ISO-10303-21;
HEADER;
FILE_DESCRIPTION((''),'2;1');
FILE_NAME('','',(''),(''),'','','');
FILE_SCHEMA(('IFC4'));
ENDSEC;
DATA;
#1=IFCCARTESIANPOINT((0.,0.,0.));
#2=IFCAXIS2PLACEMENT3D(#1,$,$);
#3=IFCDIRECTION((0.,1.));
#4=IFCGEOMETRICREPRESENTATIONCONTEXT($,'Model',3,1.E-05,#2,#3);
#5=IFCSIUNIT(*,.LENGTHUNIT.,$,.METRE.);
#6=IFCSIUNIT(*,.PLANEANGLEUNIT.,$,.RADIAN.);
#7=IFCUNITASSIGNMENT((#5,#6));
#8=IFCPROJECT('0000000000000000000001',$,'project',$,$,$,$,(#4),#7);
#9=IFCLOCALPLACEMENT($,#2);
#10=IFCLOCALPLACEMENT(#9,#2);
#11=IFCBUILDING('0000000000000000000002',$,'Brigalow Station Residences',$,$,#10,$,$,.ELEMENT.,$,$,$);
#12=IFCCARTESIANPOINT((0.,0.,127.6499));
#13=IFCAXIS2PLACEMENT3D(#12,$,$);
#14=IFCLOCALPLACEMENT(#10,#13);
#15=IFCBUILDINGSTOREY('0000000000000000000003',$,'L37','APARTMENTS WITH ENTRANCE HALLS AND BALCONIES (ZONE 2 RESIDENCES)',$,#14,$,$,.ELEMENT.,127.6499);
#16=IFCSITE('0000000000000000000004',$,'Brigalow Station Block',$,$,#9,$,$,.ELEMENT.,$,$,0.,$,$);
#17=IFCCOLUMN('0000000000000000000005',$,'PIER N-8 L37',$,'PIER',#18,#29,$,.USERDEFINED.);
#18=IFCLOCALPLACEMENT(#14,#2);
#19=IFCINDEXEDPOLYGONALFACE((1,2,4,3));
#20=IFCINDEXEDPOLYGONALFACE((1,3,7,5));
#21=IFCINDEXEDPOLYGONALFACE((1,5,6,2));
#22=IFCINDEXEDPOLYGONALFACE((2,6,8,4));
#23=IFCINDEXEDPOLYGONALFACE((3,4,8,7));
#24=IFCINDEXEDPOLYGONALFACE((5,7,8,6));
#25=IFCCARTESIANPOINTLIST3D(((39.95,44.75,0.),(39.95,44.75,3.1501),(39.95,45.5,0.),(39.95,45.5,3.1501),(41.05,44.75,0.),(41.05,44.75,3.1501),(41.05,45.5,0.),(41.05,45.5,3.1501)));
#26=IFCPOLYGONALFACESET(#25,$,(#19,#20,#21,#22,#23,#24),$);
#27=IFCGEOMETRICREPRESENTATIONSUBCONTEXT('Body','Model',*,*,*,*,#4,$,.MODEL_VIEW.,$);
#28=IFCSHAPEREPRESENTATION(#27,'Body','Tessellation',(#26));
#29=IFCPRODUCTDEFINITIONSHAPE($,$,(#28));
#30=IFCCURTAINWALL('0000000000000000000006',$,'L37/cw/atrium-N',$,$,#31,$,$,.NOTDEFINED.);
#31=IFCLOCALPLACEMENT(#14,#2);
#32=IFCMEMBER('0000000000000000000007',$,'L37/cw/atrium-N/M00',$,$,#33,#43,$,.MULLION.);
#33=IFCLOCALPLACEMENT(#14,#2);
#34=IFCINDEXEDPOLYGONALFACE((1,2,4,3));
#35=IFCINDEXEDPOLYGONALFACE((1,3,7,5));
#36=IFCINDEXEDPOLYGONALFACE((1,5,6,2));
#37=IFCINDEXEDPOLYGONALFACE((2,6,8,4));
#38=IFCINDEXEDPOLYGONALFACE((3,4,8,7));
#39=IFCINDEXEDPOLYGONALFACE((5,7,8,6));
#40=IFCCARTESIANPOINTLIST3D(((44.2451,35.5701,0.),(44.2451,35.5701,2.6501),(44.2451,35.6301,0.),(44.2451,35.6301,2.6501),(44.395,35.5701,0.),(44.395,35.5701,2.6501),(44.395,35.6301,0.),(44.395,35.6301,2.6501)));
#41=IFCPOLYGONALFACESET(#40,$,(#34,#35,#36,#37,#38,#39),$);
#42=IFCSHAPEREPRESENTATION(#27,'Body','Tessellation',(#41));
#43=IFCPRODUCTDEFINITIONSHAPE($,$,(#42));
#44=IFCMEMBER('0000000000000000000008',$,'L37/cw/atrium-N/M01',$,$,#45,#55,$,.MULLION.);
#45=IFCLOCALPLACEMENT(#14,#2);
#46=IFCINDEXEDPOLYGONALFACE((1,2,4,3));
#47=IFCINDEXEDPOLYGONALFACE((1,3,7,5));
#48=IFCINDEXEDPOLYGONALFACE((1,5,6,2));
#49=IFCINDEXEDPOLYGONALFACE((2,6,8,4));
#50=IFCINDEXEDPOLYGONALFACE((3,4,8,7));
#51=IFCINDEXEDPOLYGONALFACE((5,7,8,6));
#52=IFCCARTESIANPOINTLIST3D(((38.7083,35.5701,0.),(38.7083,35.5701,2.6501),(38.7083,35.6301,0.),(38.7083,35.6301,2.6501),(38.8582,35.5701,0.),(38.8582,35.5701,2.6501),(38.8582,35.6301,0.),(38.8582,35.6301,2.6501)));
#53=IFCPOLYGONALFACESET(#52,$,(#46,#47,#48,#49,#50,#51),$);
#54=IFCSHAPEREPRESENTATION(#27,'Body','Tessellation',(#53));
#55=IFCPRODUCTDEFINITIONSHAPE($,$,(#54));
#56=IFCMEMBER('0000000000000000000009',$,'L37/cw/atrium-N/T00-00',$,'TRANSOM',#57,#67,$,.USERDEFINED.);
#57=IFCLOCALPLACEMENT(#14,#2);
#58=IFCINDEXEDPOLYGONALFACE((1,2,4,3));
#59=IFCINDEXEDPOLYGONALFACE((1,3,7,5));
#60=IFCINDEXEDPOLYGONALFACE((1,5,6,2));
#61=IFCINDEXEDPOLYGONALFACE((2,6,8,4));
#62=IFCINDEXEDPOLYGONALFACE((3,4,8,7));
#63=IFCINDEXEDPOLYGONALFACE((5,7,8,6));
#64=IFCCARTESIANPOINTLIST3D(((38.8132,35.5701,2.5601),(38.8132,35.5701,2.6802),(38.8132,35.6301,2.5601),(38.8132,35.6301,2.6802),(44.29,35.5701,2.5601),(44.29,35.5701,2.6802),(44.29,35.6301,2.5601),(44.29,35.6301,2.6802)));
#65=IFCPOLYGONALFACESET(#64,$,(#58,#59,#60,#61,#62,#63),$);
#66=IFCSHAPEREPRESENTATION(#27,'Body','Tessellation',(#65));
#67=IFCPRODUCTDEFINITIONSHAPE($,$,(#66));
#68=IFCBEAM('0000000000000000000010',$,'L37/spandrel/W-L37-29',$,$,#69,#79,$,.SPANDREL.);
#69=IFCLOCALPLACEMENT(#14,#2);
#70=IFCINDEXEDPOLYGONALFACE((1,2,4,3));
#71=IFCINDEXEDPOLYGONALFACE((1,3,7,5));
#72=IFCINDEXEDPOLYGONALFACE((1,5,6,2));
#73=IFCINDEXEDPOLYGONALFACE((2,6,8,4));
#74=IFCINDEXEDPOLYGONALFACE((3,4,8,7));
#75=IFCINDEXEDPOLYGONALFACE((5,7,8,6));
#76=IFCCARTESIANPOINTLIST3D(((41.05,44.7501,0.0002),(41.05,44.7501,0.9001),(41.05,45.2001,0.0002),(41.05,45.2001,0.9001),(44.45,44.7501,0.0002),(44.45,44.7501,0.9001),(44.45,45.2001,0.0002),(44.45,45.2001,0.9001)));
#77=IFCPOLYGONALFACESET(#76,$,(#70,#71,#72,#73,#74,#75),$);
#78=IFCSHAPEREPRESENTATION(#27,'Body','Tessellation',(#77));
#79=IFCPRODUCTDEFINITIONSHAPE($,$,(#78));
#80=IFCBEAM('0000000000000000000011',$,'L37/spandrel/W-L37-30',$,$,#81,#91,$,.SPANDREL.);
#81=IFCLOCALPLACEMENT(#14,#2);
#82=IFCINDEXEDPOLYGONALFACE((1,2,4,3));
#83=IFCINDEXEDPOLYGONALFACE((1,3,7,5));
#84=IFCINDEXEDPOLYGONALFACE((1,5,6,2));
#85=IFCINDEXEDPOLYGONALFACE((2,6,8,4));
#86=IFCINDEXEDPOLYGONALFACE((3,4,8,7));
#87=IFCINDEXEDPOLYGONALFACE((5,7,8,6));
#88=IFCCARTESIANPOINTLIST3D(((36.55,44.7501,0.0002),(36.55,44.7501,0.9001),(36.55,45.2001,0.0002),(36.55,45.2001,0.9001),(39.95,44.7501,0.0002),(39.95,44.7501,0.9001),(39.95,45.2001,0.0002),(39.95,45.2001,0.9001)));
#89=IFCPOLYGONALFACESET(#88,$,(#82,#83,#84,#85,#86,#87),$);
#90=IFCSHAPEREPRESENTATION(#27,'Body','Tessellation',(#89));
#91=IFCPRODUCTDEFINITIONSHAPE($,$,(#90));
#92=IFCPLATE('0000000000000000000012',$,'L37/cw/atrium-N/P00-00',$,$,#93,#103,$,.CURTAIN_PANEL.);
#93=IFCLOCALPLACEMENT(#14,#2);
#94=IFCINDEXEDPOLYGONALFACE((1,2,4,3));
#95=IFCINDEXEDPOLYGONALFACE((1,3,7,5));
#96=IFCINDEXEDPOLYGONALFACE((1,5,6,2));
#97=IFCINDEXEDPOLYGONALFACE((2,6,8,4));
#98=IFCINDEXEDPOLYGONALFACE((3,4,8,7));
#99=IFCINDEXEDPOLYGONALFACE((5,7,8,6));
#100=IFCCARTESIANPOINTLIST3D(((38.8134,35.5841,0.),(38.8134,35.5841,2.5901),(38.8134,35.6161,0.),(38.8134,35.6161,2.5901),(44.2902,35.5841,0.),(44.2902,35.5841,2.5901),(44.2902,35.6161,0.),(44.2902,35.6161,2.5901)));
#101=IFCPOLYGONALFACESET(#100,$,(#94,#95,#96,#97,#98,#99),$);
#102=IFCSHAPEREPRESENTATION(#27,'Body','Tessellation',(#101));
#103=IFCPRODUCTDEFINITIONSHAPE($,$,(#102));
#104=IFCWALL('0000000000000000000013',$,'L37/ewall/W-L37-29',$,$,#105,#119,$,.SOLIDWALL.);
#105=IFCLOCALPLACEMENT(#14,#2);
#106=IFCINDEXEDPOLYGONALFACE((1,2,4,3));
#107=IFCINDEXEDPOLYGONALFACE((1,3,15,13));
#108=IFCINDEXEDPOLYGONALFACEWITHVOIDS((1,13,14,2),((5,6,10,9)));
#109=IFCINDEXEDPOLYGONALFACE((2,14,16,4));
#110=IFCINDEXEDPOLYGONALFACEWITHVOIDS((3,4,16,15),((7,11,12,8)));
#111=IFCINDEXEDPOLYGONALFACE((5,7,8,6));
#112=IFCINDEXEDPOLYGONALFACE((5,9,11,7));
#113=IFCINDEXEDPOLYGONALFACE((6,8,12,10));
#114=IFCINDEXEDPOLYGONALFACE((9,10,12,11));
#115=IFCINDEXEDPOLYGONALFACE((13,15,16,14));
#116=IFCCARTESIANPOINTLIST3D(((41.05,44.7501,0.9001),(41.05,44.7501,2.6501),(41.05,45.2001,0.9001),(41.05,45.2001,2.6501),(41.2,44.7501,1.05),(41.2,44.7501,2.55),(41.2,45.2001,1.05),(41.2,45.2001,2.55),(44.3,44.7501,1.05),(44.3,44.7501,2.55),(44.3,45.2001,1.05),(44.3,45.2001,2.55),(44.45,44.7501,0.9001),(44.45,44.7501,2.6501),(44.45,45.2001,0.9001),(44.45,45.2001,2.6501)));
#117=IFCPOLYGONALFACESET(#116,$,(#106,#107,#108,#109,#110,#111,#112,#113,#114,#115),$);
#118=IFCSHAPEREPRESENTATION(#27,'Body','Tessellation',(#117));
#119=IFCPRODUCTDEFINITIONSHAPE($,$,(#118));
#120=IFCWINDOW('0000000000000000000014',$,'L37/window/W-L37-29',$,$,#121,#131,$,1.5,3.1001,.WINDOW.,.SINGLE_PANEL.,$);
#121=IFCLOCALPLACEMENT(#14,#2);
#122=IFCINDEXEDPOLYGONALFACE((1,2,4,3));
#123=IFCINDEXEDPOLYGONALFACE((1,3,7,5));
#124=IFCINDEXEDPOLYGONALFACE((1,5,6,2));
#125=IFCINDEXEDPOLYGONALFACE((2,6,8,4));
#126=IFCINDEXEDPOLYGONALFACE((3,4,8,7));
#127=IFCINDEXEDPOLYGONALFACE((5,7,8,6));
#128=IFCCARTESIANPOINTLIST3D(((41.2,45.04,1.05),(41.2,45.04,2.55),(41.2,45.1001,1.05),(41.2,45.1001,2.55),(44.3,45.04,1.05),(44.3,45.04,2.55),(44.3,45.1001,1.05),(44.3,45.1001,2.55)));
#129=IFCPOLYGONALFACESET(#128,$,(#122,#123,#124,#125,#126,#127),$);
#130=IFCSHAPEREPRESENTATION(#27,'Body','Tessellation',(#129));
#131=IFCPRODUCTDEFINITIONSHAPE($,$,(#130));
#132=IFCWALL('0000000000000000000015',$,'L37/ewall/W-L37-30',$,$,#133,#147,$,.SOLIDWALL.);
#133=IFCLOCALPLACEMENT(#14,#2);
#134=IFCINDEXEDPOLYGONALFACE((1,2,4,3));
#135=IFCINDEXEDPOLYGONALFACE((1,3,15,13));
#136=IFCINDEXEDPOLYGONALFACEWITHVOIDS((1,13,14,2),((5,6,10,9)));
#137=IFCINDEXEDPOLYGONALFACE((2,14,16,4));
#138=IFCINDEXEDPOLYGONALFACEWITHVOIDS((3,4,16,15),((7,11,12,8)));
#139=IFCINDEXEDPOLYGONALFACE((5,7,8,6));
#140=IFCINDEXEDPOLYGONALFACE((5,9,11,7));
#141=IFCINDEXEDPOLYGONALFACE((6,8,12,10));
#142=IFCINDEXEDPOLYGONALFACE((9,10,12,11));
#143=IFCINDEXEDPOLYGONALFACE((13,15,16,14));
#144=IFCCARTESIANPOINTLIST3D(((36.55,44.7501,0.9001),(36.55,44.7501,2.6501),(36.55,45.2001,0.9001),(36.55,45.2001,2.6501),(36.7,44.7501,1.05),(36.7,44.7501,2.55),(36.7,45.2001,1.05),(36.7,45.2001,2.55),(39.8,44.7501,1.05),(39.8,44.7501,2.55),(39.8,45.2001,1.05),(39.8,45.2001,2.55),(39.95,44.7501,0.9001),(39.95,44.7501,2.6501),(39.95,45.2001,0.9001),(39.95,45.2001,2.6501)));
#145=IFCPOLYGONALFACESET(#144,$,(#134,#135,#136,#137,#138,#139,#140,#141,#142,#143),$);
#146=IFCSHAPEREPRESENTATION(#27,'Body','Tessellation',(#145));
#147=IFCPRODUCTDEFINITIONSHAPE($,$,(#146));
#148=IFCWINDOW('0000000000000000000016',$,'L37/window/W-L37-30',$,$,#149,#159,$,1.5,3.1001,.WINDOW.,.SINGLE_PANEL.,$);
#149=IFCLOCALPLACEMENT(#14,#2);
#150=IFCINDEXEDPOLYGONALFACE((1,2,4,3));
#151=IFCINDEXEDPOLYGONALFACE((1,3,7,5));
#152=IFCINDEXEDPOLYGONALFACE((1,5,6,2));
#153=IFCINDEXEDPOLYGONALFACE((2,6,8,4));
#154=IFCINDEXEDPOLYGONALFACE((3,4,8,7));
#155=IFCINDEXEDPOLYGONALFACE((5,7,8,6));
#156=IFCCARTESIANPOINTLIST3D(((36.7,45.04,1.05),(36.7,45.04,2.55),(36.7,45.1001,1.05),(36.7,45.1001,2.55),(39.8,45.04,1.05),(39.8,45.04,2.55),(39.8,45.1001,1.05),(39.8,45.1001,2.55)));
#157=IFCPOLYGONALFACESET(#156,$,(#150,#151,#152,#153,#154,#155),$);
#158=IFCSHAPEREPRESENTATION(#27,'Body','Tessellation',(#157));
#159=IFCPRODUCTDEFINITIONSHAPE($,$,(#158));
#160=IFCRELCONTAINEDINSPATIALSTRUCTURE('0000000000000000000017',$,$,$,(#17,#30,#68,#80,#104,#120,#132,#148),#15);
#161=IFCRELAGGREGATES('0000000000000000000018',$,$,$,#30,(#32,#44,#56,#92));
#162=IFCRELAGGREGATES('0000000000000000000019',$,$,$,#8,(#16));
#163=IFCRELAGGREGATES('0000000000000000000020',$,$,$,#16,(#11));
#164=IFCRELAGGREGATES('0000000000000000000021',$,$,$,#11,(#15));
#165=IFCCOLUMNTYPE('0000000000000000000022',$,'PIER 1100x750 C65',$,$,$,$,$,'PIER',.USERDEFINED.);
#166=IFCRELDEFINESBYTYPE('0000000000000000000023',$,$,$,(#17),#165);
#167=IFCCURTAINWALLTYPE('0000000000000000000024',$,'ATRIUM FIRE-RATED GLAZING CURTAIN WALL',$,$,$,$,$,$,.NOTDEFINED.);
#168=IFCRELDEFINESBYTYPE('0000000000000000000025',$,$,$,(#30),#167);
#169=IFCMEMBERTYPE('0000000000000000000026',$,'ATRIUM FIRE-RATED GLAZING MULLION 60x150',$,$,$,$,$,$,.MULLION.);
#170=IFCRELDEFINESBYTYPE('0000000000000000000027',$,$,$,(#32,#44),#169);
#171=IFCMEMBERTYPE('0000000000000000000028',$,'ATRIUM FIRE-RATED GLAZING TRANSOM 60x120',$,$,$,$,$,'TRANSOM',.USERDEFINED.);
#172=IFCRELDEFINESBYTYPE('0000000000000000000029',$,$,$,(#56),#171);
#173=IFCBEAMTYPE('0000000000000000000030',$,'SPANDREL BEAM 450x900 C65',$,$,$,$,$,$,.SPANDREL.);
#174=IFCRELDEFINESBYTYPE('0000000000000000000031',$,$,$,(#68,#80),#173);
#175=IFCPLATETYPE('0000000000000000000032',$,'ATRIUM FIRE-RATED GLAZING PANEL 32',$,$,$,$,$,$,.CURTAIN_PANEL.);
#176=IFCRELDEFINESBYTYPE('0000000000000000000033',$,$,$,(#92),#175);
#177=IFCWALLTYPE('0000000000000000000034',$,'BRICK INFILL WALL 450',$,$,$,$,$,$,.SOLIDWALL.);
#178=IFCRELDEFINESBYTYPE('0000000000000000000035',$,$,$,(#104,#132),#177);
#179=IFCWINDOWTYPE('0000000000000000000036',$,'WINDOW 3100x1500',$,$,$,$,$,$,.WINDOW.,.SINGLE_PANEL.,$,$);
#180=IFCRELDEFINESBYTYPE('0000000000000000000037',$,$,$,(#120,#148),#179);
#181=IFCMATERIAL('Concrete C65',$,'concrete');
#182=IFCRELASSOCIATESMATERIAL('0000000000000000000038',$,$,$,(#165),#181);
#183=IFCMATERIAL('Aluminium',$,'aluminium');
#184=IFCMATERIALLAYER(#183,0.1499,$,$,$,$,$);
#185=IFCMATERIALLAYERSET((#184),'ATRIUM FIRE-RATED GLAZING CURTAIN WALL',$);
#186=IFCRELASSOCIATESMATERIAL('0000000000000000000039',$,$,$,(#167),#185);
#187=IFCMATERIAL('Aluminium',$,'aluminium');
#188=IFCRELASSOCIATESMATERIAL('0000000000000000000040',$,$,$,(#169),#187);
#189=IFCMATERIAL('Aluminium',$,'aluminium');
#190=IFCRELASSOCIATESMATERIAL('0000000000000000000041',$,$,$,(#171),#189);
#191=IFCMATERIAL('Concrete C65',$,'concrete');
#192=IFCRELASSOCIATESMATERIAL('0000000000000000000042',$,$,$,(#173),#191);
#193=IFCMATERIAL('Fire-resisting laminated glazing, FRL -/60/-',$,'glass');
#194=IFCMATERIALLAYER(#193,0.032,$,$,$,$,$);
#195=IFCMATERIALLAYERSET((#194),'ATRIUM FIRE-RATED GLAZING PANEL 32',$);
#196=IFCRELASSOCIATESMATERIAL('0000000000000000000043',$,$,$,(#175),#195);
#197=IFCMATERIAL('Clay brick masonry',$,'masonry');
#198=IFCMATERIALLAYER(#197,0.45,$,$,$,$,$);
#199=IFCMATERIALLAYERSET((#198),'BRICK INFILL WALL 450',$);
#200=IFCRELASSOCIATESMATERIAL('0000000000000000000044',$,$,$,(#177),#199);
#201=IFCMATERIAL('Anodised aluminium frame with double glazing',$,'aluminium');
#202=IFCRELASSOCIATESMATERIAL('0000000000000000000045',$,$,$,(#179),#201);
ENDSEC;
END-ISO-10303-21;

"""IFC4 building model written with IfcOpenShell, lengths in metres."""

from ifc_helpers import new_model, si_unit, direction, frame, frame_2d, origin, origin_2d, place, context, subcontext, project, spatial, rectangle, extrude, material, layer, layer_set, material_profile, profile_set, type_object, element, fill, aggregate, save


model = new_model("IFC4")

# Units and contexts
model_context = context("Model", 3, precision=1e-05, world=origin(), true_north=direction((0.0, 1.0)))
body_context = subcontext(model_context, "Body", "Model", "MODEL_VIEW")
ifc_project = project(units=[si_unit("LENGTHUNIT", "METRE"), si_unit("PLANEANGLEUNIT", "RADIAN")], contexts=[model_context])

# Site, building, storey
site_placement = place(None, origin())
site = spatial("IfcSite", under=ifc_project, at=site_placement, Name="Brigalow Station Block", CompositionType="ELEMENT", RefElevation=0.0)
building_placement = place(site_placement, origin())
building = spatial("IfcBuilding", under=site, at=building_placement, Name="Brigalow Station Residences", CompositionType="ELEMENT")
storey_placement = place(building_placement, frame((0.0, 0.0, 127.6499)))
storey = spatial("IfcBuildingStorey", under=building, at=storey_placement, Name="L37", Description="APARTMENTS WITH ENTRANCE HALLS AND BALCONIES (ZONE 2 RESIDENCES)", CompositionType="ELEMENT", Elevation=127.6499)

# Column
ifc_material_1 = material(Name="Concrete C65", Category="concrete")
ifc_material_profile_1 = material_profile(ifc_material_1, rectangle(XDim=1.1001, YDim=0.75, at=origin_2d()), Name="RC1100x750")
ifc_profile_set_1 = profile_set([ifc_material_profile_1], Name="Concrete C65")
column_type = type_object("IfcColumnType", Name="PIER 1100x750 C65", ElementType="PIER", PredefinedType="USERDEFINED", material=ifc_profile_set_1)
column_placement = place(storey_placement, frame((40.5, 45.125, 0.0), z_axis=(0.0, 0.0, 1.0), x_axis=(-1.0, 0.0, 0.0)))
element("IfcColumn", 1, at=column_placement, inside=storey, type_object=column_type, Name="PIER N-8 L37", ObjectType="PIER", PredefinedType="USERDEFINED", context=body_context, shape_type="SweptSolid", body=[
    extrude(rectangle(XDim=1.1001, YDim=0.75, at=origin_2d()), origin(), (0.0, 0.0, 1.0), 3.1501),
])

# Curtain wall, members
ifc_material_2 = material(Name="Aluminium", Category="aluminium")
ifc_layer_1 = layer(ifc_material_2, 0.1499)
ifc_layer_set_1 = layer_set([ifc_layer_1], Name="ATRIUM FIRE-RATED GLAZING CURTAIN WALL")
curtain_wall_type = type_object("IfcCurtainWallType", Name="ATRIUM FIRE-RATED GLAZING CURTAIN WALL", PredefinedType="NOTDEFINED", material=ifc_layer_set_1)
curtain_wall_placement = place(storey_placement, origin())
curtain_wall = element("IfcCurtainWall", 2, at=curtain_wall_placement, inside=storey, type_object=curtain_wall_type, Name="L37/cw/atrium-N", PredefinedType="NOTDEFINED")
ifc_material_3 = material(Name="Aluminium", Category="aluminium")
ifc_material_profile_2 = material_profile(ifc_material_3, rectangle(XDim=0.0601, YDim=0.1499, at=origin_2d()), Name="ATRIUM FIRE-RATED GLAZING MULLION 60x150")
ifc_profile_set_2 = profile_set([ifc_material_profile_2], Name="Aluminium")
member_type_1 = type_object("IfcMemberType", Name="ATRIUM FIRE-RATED GLAZING MULLION 60x150", PredefinedType="MULLION", material=ifc_profile_set_2)
member_1_placement = place(storey_placement, frame((44.3201, 35.6001, 0.0), z_axis=(0.0, 0.0, 1.0), x_axis=(0.0, -1.0, 0.0)))
member_1 = element("IfcMember", 3, at=member_1_placement, type_object=member_type_1, Name="L37/cw/atrium-N/M00", PredefinedType="MULLION", context=body_context, shape_type="SweptSolid", body=[
    extrude(rectangle(XDim=0.0601, YDim=0.1499, at=origin_2d()), origin(), (0.0, 0.0, 1.0), 2.6501),
])
member_2_placement = place(storey_placement, frame((38.7832, 35.6001, 0.0), z_axis=(0.0, 0.0, 1.0), x_axis=(0.0, -1.0, 0.0)))
member_2 = element("IfcMember", 4, at=member_2_placement, type_object=member_type_1, Name="L37/cw/atrium-N/M01", PredefinedType="MULLION", context=body_context, shape_type="SweptSolid", body=[
    extrude(rectangle(XDim=0.0601, YDim=0.1499, at=origin_2d()), origin(), (0.0, 0.0, 1.0), 2.6501),
])
ifc_material_4 = material(Name="Aluminium", Category="aluminium")
ifc_material_profile_3 = material_profile(ifc_material_4, rectangle(XDim=0.0601, YDim=0.1201, at=origin_2d()), Name="ATRIUM FIRE-RATED GLAZING TRANSOM 60x120")
ifc_profile_set_3 = profile_set([ifc_material_profile_3], Name="Aluminium")
member_type_2 = type_object("IfcMemberType", Name="ATRIUM FIRE-RATED GLAZING TRANSOM 60x120", ElementType="TRANSOM", PredefinedType="USERDEFINED", material=ifc_profile_set_3)
member_3_placement = place(storey_placement, frame((44.29, 35.6001, 2.6201), z_axis=(-1.0, 0.0, 0.0), x_axis=(0.0, -1.0, 0.0)))
member_3 = element("IfcMember", 5, at=member_3_placement, type_object=member_type_2, Name="L37/cw/atrium-N/T00-00", ObjectType="TRANSOM", PredefinedType="USERDEFINED", context=body_context, shape_type="SweptSolid", body=[
    extrude(rectangle(XDim=0.0601, YDim=0.1201, at=origin_2d()), origin(), (0.0, 0.0, 1.0), 5.4768),
])

# Beams
ifc_material_5 = material(Name="Concrete C65", Category="concrete")
ifc_material_profile_4 = material_profile(ifc_material_5, rectangle(XDim=0.45, YDim=0.8999, at=origin_2d()), Name="RC450x900")
ifc_profile_set_4 = profile_set([ifc_material_profile_4], Name="Concrete C65")
beam_type = type_object("IfcBeamType", Name="SPANDREL BEAM 450x900 C65", PredefinedType="SPANDREL", material=ifc_profile_set_4)
for number, where, z_axis, x_axis, name in (
    (6, (44.45, 44.9751, 0.4502), (-1.0, 0.0, 0.0), (0.0, -1.0, 0.0), "L37/spandrel/W-L37-29"),
    (7, (39.95, 44.9751, 0.4502), (-1.0, 0.0, 0.0), (0.0, -1.0, 0.0), "L37/spandrel/W-L37-30"),
):
    element("IfcBeam", number, at=place(storey_placement, frame(where, z_axis=z_axis, x_axis=x_axis)), inside=storey, type_object=beam_type, Name=name, PredefinedType="SPANDREL", context=body_context, shape_type="SweptSolid", body=[
        extrude(rectangle(XDim=0.45, YDim=0.8999, at=origin_2d()), origin(), (0.0, 0.0, 1.0), 3.3999),
    ])

# Plate
ifc_material_6 = material(Name="Fire-resisting laminated glazing, FRL -/60/-", Category="glass")
ifc_layer_2 = layer(ifc_material_6, 0.032)
ifc_layer_set_2 = layer_set([ifc_layer_2], Name="ATRIUM FIRE-RATED GLAZING PANEL 32")
plate_type = type_object("IfcPlateType", Name="ATRIUM FIRE-RATED GLAZING PANEL 32", PredefinedType="CURTAIN_PANEL", material=ifc_layer_set_2)
plate_placement = place(storey_placement, frame((41.5518, 35.6001, 0.0), z_axis=(0.0, 0.0, 1.0), x_axis=(-1.0, 0.0, 0.0)))
plate = element("IfcPlate", 8, at=plate_placement, type_object=plate_type, Name="L37/cw/atrium-N/P00-00", PredefinedType="CURTAIN_PANEL", context=body_context, shape_type="SweptSolid", body=[
    extrude(rectangle(XDim=5.4768, YDim=0.032, at=origin_2d()), origin(), (0.0, 0.0, 1.0), 2.5901),
])
aggregate(curtain_wall, [member_1, member_2, member_3, plate])

# Walls, openings, windows
ifc_material_7 = material(Name="Clay brick masonry", Category="masonry")
ifc_layer_3 = layer(ifc_material_7, 0.45)
ifc_layer_set_3 = layer_set([ifc_layer_3], Name="BRICK INFILL WALL 450")
wall_type_1 = type_object("IfcWallType", Name="BRICK INFILL WALL 450", PredefinedType="SOLIDWALL", material=ifc_layer_set_3)
wall_1_placement = place(storey_placement, frame((44.45, 44.9751, 0.9001), z_axis=(0.0, 0.0, 1.0), x_axis=(-1.0, 0.0, 0.0)))
wall_1 = element("IfcWall", 9, at=wall_1_placement, inside=storey, type_object=wall_type_1, Name="L37/ewall/W-L37-29", PredefinedType="SOLIDWALL", context=body_context, shape_type="SweptSolid", body=[
    extrude(rectangle(XDim=3.3999, YDim=0.45, at=frame_2d((1.7, 0.0))), origin(), (0.0, 0.0, 1.0), 1.75),
])
opening_1_placement = place(wall_1_placement, frame((0.1499, 0.0, 0.1499)))
opening_1 = element("IfcOpeningElement", 10, at=opening_1_placement, cuts=wall_1, PredefinedType="OPENING", context=body_context, shape_type="SweptSolid", body=[
    extrude(rectangle(XDim=3.1001, YDim=1.5, at=frame_2d((1.55, 0.75))), frame((0.0, 0.2349, 0.0), z_axis=(0.0, -1.0, 0.0), x_axis=(1.0, 0.0, 0.0)), (0.0, 0.0, 1.0), 0.47),
])
ifc_material_8 = material(Name="Anodised aluminium frame with double glazing", Category="aluminium")
window_type = type_object("IfcWindowType", Name="WINDOW 3100x1500", PartitioningType="SINGLE_PANEL", PredefinedType="WINDOW", material=ifc_material_8)
window_1_placement = place(opening_1_placement, origin())
window_1 = element("IfcWindow", 11, at=window_1_placement, inside=storey, type_object=window_type, Name="L37/window/W-L37-29", OverallHeight=1.5, OverallWidth=3.1001, PartitioningType="SINGLE_PANEL", PredefinedType="WINDOW", context=body_context, shape_type="SweptSolid", body=[
    extrude(rectangle(XDim=3.1001, YDim=1.5, at=frame_2d((1.55, 0.75))), frame((0.0, -0.0649, 0.0), z_axis=(0.0, -1.0, 0.0), x_axis=(1.0, 0.0, 0.0)), (0.0, 0.0, 1.0), 0.0601),
])
fill(opening_1, window_1)
wall_2_placement = place(storey_placement, frame((39.95, 44.9751, 0.9001), z_axis=(0.0, 0.0, 1.0), x_axis=(-1.0, 0.0, 0.0)))
wall_2 = element("IfcWall", 12, at=wall_2_placement, inside=storey, type_object=wall_type_1, Name="L37/ewall/W-L37-30", PredefinedType="SOLIDWALL", context=body_context, shape_type="SweptSolid", body=[
    extrude(rectangle(XDim=3.3999, YDim=0.45, at=frame_2d((1.7, 0.0))), origin(), (0.0, 0.0, 1.0), 1.75),
])
opening_2_placement = place(wall_2_placement, frame((0.1499, 0.0, 0.1499)))
opening_2 = element("IfcOpeningElement", 13, at=opening_2_placement, cuts=wall_2, PredefinedType="OPENING", context=body_context, shape_type="SweptSolid", body=[
    extrude(rectangle(XDim=3.1001, YDim=1.5, at=frame_2d((1.55, 0.75))), frame((0.0, 0.2349, 0.0), z_axis=(0.0, -1.0, 0.0), x_axis=(1.0, 0.0, 0.0)), (0.0, 0.0, 1.0), 0.47),
])
window_2_placement = place(opening_2_placement, origin())
window_2 = element("IfcWindow", 14, at=window_2_placement, inside=storey, type_object=window_type, Name="L37/window/W-L37-30", OverallHeight=1.5, OverallWidth=3.1001, PartitioningType="SINGLE_PANEL", PredefinedType="WINDOW", context=body_context, shape_type="SweptSolid", body=[
    extrude(rectangle(XDim=3.1001, YDim=1.5, at=frame_2d((1.55, 0.75))), frame((0.0, -0.0649, 0.0), z_axis=(0.0, -1.0, 0.0), x_axis=(1.0, 0.0, 0.0)), (0.0, 0.0, 1.0), 0.0601),
])
fill(opening_2, window_2)

save(model, "model.ifc")
